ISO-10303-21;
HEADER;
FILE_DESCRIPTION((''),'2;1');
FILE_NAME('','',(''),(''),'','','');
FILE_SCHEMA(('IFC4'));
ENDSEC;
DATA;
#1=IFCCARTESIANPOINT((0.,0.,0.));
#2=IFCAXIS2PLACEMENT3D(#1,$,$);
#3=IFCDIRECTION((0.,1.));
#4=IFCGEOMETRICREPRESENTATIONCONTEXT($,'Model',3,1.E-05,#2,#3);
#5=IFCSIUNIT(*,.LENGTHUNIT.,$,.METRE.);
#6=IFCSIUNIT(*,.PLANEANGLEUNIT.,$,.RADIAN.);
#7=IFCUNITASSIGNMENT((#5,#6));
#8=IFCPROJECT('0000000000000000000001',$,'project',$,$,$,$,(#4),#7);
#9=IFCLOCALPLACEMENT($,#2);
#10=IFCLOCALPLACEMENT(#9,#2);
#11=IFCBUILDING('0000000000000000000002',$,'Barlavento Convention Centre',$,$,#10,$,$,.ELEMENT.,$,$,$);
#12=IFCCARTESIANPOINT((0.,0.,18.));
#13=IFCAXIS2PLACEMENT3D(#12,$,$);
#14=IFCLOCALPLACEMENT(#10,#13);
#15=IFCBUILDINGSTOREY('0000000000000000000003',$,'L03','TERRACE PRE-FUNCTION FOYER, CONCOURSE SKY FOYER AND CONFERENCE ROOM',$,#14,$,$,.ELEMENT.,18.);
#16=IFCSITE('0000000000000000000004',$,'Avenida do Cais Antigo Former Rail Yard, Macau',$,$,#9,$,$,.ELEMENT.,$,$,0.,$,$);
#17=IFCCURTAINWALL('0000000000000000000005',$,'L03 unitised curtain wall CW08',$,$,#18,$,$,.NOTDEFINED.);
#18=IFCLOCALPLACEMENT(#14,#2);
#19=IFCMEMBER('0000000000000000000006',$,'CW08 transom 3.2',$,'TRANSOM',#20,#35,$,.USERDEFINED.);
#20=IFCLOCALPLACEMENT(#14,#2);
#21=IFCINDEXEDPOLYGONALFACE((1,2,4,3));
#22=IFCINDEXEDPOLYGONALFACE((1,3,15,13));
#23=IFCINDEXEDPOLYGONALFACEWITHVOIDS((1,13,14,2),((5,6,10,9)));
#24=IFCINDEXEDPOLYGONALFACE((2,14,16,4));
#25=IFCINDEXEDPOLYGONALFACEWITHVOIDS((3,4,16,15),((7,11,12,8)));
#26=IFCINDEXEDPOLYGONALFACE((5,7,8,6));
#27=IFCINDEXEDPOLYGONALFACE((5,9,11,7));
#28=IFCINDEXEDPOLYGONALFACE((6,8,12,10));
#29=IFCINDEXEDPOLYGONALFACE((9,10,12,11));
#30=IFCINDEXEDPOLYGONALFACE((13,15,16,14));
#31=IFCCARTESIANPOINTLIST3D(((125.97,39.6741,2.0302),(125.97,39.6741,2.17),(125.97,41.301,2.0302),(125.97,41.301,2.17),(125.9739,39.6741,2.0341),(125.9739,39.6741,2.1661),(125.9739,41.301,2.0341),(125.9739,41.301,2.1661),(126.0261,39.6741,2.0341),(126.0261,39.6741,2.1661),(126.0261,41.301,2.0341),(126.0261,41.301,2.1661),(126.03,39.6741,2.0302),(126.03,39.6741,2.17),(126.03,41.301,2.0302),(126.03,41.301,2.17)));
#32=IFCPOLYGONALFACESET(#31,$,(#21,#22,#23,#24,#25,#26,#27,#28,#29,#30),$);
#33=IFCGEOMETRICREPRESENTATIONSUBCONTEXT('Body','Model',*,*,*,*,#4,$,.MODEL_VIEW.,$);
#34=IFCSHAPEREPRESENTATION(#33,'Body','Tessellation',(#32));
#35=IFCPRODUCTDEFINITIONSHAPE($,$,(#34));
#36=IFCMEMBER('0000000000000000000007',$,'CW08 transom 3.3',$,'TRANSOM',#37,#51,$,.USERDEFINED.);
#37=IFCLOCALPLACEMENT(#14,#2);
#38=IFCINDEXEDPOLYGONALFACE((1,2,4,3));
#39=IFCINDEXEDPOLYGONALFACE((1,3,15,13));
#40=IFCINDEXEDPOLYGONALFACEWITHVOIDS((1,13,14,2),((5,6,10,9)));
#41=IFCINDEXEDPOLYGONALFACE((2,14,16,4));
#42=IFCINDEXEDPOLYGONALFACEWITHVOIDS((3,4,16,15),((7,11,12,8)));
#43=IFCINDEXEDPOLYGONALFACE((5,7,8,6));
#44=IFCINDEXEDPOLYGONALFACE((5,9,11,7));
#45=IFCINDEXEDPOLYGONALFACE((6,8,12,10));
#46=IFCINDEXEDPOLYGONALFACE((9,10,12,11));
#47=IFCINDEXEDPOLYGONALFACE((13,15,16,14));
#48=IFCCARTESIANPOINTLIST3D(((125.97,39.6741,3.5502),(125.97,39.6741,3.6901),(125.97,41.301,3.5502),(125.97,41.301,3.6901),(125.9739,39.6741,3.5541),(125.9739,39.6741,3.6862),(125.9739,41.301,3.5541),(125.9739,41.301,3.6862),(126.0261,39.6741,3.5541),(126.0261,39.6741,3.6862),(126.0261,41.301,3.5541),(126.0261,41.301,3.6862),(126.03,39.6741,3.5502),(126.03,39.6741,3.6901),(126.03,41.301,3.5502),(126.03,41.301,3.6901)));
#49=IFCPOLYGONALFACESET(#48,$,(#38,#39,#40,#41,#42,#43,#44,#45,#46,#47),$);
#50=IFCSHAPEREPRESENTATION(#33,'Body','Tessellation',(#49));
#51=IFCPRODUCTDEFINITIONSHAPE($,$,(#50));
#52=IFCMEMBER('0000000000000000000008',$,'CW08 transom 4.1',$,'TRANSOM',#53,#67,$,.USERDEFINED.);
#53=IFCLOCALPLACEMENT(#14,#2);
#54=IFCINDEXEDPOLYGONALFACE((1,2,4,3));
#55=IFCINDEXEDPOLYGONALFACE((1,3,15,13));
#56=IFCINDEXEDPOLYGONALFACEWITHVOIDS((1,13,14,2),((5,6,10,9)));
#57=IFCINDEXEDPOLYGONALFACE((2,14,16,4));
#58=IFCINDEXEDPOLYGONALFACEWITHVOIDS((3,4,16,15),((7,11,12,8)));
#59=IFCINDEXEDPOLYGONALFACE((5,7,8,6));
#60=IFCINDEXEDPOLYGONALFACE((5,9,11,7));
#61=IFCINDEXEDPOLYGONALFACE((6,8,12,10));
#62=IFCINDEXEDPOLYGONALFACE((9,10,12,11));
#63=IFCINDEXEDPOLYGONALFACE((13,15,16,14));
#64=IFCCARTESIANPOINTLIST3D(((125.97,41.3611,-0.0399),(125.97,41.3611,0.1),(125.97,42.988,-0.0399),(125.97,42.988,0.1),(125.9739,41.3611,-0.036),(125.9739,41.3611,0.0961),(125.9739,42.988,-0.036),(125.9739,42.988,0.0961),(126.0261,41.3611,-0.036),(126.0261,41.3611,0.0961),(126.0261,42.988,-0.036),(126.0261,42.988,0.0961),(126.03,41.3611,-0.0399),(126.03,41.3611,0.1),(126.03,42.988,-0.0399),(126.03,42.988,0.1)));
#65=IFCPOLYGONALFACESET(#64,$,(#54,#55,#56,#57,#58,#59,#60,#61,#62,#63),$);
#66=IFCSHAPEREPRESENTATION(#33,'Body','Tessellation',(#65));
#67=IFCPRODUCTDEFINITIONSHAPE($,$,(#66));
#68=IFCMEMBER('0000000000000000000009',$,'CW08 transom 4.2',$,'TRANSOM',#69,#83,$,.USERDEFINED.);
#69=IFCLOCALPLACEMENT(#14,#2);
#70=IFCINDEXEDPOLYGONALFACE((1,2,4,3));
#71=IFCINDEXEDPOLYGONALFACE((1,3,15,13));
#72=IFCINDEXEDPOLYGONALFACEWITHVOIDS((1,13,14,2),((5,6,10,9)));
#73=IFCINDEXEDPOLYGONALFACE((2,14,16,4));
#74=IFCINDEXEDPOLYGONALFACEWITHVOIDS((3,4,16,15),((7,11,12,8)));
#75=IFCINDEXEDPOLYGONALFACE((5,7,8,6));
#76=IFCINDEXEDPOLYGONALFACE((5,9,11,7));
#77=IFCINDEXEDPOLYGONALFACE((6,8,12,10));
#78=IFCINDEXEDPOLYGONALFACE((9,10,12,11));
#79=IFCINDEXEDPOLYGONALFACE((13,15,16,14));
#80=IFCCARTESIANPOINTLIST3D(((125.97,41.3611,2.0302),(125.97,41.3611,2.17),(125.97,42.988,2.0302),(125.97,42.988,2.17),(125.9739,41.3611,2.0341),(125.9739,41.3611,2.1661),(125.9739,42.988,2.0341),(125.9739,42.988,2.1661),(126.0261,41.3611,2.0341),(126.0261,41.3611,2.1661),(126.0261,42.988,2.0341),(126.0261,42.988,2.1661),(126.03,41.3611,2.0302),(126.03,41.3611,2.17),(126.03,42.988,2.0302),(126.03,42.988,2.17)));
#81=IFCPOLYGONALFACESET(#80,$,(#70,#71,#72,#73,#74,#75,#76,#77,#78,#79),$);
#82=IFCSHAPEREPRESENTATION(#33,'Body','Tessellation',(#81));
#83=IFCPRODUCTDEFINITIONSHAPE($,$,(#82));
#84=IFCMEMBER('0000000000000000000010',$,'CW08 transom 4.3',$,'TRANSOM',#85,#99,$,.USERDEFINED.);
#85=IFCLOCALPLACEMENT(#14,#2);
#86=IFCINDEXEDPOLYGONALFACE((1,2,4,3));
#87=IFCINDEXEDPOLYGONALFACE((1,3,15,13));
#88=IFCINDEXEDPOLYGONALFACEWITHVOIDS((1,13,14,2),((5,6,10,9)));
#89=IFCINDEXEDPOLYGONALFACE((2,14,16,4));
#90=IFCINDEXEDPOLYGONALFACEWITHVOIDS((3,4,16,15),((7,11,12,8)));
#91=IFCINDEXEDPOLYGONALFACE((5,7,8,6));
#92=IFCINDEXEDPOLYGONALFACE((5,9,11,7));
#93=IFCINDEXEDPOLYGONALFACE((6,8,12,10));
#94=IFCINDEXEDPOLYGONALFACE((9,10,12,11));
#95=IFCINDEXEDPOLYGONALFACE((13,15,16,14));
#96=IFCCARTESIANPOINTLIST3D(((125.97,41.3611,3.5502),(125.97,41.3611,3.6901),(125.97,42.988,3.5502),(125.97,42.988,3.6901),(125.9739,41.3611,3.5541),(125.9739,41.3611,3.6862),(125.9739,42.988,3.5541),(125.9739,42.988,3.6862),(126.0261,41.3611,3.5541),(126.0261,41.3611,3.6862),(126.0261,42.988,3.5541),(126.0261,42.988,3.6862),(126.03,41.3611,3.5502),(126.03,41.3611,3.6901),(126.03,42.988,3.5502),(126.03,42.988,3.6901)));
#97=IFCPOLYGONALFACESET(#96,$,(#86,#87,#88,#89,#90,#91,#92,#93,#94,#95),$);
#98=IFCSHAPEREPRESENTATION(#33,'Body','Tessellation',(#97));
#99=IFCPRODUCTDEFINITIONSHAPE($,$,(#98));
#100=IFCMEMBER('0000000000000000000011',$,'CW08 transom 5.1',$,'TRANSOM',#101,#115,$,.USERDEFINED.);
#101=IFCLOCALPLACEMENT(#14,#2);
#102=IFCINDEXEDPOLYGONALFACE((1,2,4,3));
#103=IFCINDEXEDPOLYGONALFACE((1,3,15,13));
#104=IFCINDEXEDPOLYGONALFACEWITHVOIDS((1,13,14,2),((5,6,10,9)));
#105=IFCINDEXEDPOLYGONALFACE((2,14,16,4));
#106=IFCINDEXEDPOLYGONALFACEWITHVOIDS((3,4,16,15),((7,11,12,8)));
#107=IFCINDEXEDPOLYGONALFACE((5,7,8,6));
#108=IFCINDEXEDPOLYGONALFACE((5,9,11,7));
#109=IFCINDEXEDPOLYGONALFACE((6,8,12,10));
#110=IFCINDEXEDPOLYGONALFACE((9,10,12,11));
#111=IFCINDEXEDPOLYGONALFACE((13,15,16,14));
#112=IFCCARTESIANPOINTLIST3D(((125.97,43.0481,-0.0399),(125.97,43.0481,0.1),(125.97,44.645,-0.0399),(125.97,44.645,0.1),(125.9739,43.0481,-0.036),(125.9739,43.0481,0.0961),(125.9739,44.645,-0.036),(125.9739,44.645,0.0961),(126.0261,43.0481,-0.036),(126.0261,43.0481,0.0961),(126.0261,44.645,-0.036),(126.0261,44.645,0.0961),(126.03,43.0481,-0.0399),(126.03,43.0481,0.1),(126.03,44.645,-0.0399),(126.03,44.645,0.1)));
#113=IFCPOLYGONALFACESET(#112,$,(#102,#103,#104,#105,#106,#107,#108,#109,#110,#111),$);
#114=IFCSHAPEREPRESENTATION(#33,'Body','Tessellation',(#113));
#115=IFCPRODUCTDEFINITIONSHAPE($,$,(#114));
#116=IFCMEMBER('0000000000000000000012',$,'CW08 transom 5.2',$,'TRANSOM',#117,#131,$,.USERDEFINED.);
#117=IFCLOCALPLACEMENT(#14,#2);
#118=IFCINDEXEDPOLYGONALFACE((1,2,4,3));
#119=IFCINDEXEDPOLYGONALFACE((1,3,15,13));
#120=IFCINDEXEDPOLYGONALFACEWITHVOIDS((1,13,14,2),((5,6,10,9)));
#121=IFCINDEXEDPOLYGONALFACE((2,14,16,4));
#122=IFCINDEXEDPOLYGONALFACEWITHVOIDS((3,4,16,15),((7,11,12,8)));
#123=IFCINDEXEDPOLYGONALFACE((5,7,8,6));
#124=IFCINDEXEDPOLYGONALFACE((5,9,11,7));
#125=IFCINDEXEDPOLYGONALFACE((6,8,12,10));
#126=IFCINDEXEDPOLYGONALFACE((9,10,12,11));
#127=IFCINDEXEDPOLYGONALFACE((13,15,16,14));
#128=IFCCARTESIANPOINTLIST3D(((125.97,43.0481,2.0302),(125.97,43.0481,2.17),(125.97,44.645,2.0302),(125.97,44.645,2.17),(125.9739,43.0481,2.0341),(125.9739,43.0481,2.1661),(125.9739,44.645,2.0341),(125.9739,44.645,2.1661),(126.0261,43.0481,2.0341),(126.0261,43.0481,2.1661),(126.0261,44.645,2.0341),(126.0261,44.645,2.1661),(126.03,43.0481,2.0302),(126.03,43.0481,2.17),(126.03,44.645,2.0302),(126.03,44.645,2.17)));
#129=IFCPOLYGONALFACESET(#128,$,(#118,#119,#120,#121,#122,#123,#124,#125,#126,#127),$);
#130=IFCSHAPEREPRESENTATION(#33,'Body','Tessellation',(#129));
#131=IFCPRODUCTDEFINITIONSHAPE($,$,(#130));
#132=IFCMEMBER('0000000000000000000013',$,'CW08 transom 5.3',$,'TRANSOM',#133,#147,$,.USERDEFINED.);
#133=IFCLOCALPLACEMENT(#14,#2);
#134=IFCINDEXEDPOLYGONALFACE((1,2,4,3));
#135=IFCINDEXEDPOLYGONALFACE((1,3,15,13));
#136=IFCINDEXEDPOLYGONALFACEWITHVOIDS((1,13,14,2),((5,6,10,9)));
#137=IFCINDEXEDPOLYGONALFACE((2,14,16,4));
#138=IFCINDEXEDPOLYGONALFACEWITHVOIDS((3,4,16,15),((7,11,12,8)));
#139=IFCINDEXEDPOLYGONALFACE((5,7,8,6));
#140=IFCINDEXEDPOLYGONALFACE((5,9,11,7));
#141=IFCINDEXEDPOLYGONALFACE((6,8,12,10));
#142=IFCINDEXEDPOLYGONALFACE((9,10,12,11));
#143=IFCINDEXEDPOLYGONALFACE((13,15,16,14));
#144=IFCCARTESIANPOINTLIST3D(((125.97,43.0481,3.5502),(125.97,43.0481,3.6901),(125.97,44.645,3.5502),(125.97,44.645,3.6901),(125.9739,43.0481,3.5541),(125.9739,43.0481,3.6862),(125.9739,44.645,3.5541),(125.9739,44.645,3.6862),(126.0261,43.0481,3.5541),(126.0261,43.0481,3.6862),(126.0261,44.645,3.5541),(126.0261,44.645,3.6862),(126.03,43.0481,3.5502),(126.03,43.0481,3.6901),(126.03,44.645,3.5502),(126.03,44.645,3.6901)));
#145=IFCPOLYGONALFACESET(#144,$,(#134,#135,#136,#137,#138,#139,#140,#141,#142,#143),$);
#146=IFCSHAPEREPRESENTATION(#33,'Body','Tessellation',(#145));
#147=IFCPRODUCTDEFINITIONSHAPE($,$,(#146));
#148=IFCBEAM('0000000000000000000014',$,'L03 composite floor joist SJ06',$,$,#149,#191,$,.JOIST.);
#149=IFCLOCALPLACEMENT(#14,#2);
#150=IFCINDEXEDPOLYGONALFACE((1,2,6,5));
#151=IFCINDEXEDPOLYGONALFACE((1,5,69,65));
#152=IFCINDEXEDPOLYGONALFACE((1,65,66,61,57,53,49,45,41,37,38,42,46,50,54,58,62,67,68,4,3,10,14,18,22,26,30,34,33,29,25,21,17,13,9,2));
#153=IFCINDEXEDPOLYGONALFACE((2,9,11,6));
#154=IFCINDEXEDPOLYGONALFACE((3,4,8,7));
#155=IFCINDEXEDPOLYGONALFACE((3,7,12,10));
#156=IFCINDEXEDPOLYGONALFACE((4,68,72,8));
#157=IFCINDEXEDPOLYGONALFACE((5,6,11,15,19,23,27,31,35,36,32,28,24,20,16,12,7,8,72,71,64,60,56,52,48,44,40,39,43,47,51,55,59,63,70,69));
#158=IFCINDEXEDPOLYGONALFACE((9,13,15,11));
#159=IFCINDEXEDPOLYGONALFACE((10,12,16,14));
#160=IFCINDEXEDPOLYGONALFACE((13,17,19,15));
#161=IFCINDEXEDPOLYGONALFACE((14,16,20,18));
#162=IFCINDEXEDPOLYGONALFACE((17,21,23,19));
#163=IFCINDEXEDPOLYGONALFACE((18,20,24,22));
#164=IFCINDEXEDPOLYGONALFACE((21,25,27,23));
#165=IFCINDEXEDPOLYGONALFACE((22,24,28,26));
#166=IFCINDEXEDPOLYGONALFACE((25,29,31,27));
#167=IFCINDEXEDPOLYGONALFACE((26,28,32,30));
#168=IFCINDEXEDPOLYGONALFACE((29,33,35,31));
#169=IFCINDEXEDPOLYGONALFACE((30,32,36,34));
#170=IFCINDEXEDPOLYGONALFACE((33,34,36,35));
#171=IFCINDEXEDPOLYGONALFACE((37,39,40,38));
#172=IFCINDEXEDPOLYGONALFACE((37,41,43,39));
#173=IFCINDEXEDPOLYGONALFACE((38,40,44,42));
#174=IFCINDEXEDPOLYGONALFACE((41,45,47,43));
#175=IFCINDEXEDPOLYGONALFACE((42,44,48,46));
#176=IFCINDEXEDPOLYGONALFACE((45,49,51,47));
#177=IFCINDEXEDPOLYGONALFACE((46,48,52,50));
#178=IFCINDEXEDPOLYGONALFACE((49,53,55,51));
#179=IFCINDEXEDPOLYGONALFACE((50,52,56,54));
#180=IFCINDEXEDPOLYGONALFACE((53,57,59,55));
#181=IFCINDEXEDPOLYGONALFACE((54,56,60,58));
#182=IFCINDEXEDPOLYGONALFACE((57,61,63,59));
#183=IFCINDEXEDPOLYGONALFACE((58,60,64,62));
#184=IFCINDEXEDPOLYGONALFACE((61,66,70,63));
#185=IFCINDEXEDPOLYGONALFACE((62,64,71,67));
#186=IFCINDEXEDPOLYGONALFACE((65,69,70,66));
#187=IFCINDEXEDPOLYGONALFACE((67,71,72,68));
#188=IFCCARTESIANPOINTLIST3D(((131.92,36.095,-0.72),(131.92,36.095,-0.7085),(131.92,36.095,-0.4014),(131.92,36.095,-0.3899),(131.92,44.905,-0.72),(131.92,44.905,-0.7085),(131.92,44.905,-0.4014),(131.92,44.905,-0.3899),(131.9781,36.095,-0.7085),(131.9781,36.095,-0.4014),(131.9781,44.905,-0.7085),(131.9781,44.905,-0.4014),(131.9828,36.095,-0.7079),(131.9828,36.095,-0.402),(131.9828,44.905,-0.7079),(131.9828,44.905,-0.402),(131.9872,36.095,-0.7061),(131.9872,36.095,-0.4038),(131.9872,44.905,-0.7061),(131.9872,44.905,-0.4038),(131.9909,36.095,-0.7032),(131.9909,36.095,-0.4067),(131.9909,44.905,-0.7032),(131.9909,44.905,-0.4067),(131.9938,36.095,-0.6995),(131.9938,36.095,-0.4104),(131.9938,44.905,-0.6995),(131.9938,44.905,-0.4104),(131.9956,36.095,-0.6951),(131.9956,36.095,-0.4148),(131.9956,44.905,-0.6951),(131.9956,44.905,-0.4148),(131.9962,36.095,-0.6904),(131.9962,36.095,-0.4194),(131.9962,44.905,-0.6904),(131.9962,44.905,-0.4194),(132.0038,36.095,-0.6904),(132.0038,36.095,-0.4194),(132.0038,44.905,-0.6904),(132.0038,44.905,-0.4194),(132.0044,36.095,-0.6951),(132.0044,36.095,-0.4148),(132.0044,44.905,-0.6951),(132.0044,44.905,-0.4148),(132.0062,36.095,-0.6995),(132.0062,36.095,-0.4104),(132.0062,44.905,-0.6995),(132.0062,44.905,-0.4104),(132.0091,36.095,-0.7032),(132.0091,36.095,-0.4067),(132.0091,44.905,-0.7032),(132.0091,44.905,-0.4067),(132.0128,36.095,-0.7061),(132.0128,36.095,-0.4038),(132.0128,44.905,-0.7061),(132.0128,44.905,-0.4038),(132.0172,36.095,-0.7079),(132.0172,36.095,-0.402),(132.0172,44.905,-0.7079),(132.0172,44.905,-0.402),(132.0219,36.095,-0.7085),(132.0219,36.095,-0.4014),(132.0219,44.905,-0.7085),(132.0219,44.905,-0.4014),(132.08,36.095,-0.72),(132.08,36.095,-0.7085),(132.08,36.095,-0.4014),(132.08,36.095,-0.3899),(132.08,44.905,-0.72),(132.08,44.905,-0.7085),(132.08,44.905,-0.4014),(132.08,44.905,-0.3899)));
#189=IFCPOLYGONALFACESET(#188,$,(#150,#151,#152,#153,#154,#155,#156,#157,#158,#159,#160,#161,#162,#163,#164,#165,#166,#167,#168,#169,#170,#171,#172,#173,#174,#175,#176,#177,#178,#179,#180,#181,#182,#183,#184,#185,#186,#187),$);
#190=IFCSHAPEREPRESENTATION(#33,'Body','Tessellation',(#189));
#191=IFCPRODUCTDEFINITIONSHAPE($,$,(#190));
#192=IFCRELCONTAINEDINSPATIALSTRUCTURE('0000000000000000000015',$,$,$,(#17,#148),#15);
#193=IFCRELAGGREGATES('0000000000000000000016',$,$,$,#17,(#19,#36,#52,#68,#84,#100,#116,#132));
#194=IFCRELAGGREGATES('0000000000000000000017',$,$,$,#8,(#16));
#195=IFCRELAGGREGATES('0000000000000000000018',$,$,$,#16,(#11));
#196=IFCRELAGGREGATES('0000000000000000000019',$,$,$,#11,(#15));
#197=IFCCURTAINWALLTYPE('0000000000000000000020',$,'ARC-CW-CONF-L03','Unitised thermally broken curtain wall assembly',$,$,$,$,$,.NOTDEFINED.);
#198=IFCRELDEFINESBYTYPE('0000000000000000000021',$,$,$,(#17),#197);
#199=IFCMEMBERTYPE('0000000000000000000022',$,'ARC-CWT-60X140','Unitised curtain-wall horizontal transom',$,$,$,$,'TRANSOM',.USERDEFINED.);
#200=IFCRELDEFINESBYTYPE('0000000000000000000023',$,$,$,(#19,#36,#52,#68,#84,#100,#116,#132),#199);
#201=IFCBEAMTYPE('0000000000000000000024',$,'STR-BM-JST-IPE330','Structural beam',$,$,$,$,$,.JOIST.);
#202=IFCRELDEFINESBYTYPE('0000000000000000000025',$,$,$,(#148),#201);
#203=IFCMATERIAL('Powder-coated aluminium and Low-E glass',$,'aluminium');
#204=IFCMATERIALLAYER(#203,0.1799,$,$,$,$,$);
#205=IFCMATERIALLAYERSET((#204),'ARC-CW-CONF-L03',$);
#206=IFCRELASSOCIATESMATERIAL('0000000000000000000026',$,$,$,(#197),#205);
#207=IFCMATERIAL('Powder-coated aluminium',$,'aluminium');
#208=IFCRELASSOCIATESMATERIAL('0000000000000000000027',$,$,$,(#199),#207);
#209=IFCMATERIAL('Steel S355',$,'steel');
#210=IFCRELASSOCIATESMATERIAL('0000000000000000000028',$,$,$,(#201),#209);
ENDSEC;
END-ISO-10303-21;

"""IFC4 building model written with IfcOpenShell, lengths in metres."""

from ifc_helpers import new_model, si_unit, direction, frame, origin, origin_2d, place, context, subcontext, project, spatial, hollow_rectangle, i_section, extrude, material, layer, layer_set, material_profile, profile_set, type_object, element, aggregate, save


model = new_model("IFC4")

# Units and contexts
model_context = context("Model", 3, precision=1e-05, world=origin(), true_north=direction((0.0, 1.0)))
body_context = subcontext(model_context, "Body", "Model", "MODEL_VIEW")
ifc_project = project(units=[si_unit("LENGTHUNIT", "METRE"), si_unit("PLANEANGLEUNIT", "RADIAN")], contexts=[model_context])

# Site, building, storey
site_placement = place(None, origin())
site = spatial("IfcSite", under=ifc_project, at=site_placement, Name="Avenida do Cais Antigo Former Rail Yard, Macau", CompositionType="ELEMENT", RefElevation=0.0)
building_placement = place(site_placement, origin())
building = spatial("IfcBuilding", under=site, at=building_placement, Name="Barlavento Convention Centre", CompositionType="ELEMENT")
storey_placement = place(building_placement, frame((0.0, 0.0, 18.0)))
storey = spatial("IfcBuildingStorey", under=building, at=storey_placement, Name="L03", Description="TERRACE PRE-FUNCTION FOYER, CONCOURSE SKY FOYER AND CONFERENCE ROOM", CompositionType="ELEMENT", Elevation=18.0)

# Curtain wall, members
ifc_material_1 = material(Name="Powder-coated aluminium and Low-E glass", Category="aluminium")
ifc_layer_1 = layer(ifc_material_1, 0.1799)
ifc_layer_set_1 = layer_set([ifc_layer_1], Name="ARC-CW-CONF-L03")
curtain_wall_type = type_object("IfcCurtainWallType", Name="ARC-CW-CONF-L03", Description="Unitised thermally broken curtain wall assembly", PredefinedType="NOTDEFINED", material=ifc_layer_set_1)
curtain_wall_placement = place(storey_placement, origin())
curtain_wall = element("IfcCurtainWall", 1, at=curtain_wall_placement, inside=storey, type_object=curtain_wall_type, Name="L03 unitised curtain wall CW08", PredefinedType="NOTDEFINED")
ifc_material_2 = material(Name="Powder-coated aluminium", Category="aluminium")
ifc_material_profile_1 = material_profile(ifc_material_2, hollow_rectangle(XDim=0.0601, YDim=0.1399, WallThickness=0.0039, at=origin_2d()), Name="AL-TRAN 60x140x4")
ifc_profile_set_1 = profile_set([ifc_material_profile_1], Name="Powder-coated aluminium")
member_type_1 = type_object("IfcMemberType", Name="ARC-CWT-60X140", Description="Unitised curtain-wall horizontal transom", ElementType="TRANSOM", PredefinedType="USERDEFINED", material=ifc_profile_set_1)
member_1_placement = place(storey_placement, frame((126.0, 39.6741, 2.1001), z_axis=(0.0, 1.0, 0.0), x_axis=(-1.0, 0.0, 0.0)))
member_1 = element("IfcMember", 2, at=member_1_placement, type_object=member_type_1, Name="CW08 transom 3.2", ObjectType="TRANSOM", PredefinedType="USERDEFINED", context=body_context, shape_type="SweptSolid", body=[
    extrude(hollow_rectangle(XDim=0.0601, YDim=0.1399, WallThickness=0.0039, at=origin_2d()), origin(), (0.0, 0.0, 1.0), 1.627),
])
member_2_placement = place(storey_placement, frame((126.0, 39.6741, 3.6201), z_axis=(0.0, 1.0, 0.0), x_axis=(-1.0, 0.0, 0.0)))
member_2 = element("IfcMember", 3, at=member_2_placement, type_object=member_type_1, Name="CW08 transom 3.3", ObjectType="TRANSOM", PredefinedType="USERDEFINED", context=body_context, shape_type="SweptSolid", body=[
    extrude(hollow_rectangle(XDim=0.0601, YDim=0.1399, WallThickness=0.0039, at=origin_2d()), origin(), (0.0, 0.0, 1.0), 1.627),
])
member_3_placement = place(storey_placement, frame((126.0, 41.3611, 0.03), z_axis=(0.0, 1.0, 0.0), x_axis=(-1.0, 0.0, 0.0)))
member_3 = element("IfcMember", 4, at=member_3_placement, type_object=member_type_1, Name="CW08 transom 4.1", ObjectType="TRANSOM", PredefinedType="USERDEFINED", context=body_context, shape_type="SweptSolid", body=[
    extrude(hollow_rectangle(XDim=0.0601, YDim=0.1399, WallThickness=0.0039, at=origin_2d()), origin(), (0.0, 0.0, 1.0), 1.627),
])
member_4_placement = place(storey_placement, frame((126.0, 41.3611, 2.1001), z_axis=(0.0, 1.0, 0.0), x_axis=(-1.0, 0.0, 0.0)))
member_4 = element("IfcMember", 5, at=member_4_placement, type_object=member_type_1, Name="CW08 transom 4.2", ObjectType="TRANSOM", PredefinedType="USERDEFINED", context=body_context, shape_type="SweptSolid", body=[
    extrude(hollow_rectangle(XDim=0.0601, YDim=0.1399, WallThickness=0.0039, at=origin_2d()), origin(), (0.0, 0.0, 1.0), 1.627),
])
member_5_placement = place(storey_placement, frame((126.0, 41.3611, 3.6201), z_axis=(0.0, 1.0, 0.0), x_axis=(-1.0, 0.0, 0.0)))
member_5 = element("IfcMember", 6, at=member_5_placement, type_object=member_type_1, Name="CW08 transom 4.3", ObjectType="TRANSOM", PredefinedType="USERDEFINED", context=body_context, shape_type="SweptSolid", body=[
    extrude(hollow_rectangle(XDim=0.0601, YDim=0.1399, WallThickness=0.0039, at=origin_2d()), origin(), (0.0, 0.0, 1.0), 1.627),
])
member_6_placement = place(storey_placement, frame((126.0, 43.0481, 0.03), z_axis=(0.0, 1.0, 0.0), x_axis=(-1.0, 0.0, 0.0)))
member_6 = element("IfcMember", 7, at=member_6_placement, type_object=member_type_1, Name="CW08 transom 5.1", ObjectType="TRANSOM", PredefinedType="USERDEFINED", context=body_context, shape_type="SweptSolid", body=[
    extrude(hollow_rectangle(XDim=0.0601, YDim=0.1399, WallThickness=0.0039, at=origin_2d()), origin(), (0.0, 0.0, 1.0), 1.5969),
])
member_7_placement = place(storey_placement, frame((126.0, 43.0481, 2.1001), z_axis=(0.0, 1.0, 0.0), x_axis=(-1.0, 0.0, 0.0)))
member_7 = element("IfcMember", 8, at=member_7_placement, type_object=member_type_1, Name="CW08 transom 5.2", ObjectType="TRANSOM", PredefinedType="USERDEFINED", context=body_context, shape_type="SweptSolid", body=[
    extrude(hollow_rectangle(XDim=0.0601, YDim=0.1399, WallThickness=0.0039, at=origin_2d()), origin(), (0.0, 0.0, 1.0), 1.5969),
])
member_8_placement = place(storey_placement, frame((126.0, 43.0481, 3.6201), z_axis=(0.0, 1.0, 0.0), x_axis=(-1.0, 0.0, 0.0)))
member_8 = element("IfcMember", 9, at=member_8_placement, type_object=member_type_1, Name="CW08 transom 5.3", ObjectType="TRANSOM", PredefinedType="USERDEFINED", context=body_context, shape_type="SweptSolid", body=[
    extrude(hollow_rectangle(XDim=0.0601, YDim=0.1399, WallThickness=0.0039, at=origin_2d()), origin(), (0.0, 0.0, 1.0), 1.5969),
])

# Beam
ifc_material_3 = material(Name="Steel S355", Category="steel")
ifc_material_profile_2 = material_profile(ifc_material_3, i_section(OverallWidth=0.1599, OverallDepth=0.3301, WebThickness=0.0076, FlangeThickness=0.0115, FilletRadius=0.0181, at=origin_2d()), Name="IPE 330")
ifc_profile_set_2 = profile_set([ifc_material_profile_2], Name="Steel S355")
beam_type_1 = type_object("IfcBeamType", Name="STR-BM-JST-IPE330", Description="Structural beam", PredefinedType="JOIST", material=ifc_profile_set_2)
beam_1_placement = place(storey_placement, frame((132.0, 36.095, -0.5549), z_axis=(0.0, 1.0, 0.0), x_axis=(-1.0, 0.0, 0.0)))
element("IfcBeam", 10, at=beam_1_placement, inside=storey, type_object=beam_type_1, Name="L03 composite floor joist SJ06", PredefinedType="JOIST", context=body_context, shape_type="SweptSolid", body=[
    extrude(i_section(OverallWidth=0.1599, OverallDepth=0.3301, WebThickness=0.0076, FlangeThickness=0.0115, FilletRadius=0.0181, at=origin_2d()), origin(), (0.0, 0.0, 1.0), 8.8101),
])

aggregate(curtain_wall, [member_1, member_2, member_3, member_4, member_5, member_6, member_7, member_8])

save(model, "model.ifc")
